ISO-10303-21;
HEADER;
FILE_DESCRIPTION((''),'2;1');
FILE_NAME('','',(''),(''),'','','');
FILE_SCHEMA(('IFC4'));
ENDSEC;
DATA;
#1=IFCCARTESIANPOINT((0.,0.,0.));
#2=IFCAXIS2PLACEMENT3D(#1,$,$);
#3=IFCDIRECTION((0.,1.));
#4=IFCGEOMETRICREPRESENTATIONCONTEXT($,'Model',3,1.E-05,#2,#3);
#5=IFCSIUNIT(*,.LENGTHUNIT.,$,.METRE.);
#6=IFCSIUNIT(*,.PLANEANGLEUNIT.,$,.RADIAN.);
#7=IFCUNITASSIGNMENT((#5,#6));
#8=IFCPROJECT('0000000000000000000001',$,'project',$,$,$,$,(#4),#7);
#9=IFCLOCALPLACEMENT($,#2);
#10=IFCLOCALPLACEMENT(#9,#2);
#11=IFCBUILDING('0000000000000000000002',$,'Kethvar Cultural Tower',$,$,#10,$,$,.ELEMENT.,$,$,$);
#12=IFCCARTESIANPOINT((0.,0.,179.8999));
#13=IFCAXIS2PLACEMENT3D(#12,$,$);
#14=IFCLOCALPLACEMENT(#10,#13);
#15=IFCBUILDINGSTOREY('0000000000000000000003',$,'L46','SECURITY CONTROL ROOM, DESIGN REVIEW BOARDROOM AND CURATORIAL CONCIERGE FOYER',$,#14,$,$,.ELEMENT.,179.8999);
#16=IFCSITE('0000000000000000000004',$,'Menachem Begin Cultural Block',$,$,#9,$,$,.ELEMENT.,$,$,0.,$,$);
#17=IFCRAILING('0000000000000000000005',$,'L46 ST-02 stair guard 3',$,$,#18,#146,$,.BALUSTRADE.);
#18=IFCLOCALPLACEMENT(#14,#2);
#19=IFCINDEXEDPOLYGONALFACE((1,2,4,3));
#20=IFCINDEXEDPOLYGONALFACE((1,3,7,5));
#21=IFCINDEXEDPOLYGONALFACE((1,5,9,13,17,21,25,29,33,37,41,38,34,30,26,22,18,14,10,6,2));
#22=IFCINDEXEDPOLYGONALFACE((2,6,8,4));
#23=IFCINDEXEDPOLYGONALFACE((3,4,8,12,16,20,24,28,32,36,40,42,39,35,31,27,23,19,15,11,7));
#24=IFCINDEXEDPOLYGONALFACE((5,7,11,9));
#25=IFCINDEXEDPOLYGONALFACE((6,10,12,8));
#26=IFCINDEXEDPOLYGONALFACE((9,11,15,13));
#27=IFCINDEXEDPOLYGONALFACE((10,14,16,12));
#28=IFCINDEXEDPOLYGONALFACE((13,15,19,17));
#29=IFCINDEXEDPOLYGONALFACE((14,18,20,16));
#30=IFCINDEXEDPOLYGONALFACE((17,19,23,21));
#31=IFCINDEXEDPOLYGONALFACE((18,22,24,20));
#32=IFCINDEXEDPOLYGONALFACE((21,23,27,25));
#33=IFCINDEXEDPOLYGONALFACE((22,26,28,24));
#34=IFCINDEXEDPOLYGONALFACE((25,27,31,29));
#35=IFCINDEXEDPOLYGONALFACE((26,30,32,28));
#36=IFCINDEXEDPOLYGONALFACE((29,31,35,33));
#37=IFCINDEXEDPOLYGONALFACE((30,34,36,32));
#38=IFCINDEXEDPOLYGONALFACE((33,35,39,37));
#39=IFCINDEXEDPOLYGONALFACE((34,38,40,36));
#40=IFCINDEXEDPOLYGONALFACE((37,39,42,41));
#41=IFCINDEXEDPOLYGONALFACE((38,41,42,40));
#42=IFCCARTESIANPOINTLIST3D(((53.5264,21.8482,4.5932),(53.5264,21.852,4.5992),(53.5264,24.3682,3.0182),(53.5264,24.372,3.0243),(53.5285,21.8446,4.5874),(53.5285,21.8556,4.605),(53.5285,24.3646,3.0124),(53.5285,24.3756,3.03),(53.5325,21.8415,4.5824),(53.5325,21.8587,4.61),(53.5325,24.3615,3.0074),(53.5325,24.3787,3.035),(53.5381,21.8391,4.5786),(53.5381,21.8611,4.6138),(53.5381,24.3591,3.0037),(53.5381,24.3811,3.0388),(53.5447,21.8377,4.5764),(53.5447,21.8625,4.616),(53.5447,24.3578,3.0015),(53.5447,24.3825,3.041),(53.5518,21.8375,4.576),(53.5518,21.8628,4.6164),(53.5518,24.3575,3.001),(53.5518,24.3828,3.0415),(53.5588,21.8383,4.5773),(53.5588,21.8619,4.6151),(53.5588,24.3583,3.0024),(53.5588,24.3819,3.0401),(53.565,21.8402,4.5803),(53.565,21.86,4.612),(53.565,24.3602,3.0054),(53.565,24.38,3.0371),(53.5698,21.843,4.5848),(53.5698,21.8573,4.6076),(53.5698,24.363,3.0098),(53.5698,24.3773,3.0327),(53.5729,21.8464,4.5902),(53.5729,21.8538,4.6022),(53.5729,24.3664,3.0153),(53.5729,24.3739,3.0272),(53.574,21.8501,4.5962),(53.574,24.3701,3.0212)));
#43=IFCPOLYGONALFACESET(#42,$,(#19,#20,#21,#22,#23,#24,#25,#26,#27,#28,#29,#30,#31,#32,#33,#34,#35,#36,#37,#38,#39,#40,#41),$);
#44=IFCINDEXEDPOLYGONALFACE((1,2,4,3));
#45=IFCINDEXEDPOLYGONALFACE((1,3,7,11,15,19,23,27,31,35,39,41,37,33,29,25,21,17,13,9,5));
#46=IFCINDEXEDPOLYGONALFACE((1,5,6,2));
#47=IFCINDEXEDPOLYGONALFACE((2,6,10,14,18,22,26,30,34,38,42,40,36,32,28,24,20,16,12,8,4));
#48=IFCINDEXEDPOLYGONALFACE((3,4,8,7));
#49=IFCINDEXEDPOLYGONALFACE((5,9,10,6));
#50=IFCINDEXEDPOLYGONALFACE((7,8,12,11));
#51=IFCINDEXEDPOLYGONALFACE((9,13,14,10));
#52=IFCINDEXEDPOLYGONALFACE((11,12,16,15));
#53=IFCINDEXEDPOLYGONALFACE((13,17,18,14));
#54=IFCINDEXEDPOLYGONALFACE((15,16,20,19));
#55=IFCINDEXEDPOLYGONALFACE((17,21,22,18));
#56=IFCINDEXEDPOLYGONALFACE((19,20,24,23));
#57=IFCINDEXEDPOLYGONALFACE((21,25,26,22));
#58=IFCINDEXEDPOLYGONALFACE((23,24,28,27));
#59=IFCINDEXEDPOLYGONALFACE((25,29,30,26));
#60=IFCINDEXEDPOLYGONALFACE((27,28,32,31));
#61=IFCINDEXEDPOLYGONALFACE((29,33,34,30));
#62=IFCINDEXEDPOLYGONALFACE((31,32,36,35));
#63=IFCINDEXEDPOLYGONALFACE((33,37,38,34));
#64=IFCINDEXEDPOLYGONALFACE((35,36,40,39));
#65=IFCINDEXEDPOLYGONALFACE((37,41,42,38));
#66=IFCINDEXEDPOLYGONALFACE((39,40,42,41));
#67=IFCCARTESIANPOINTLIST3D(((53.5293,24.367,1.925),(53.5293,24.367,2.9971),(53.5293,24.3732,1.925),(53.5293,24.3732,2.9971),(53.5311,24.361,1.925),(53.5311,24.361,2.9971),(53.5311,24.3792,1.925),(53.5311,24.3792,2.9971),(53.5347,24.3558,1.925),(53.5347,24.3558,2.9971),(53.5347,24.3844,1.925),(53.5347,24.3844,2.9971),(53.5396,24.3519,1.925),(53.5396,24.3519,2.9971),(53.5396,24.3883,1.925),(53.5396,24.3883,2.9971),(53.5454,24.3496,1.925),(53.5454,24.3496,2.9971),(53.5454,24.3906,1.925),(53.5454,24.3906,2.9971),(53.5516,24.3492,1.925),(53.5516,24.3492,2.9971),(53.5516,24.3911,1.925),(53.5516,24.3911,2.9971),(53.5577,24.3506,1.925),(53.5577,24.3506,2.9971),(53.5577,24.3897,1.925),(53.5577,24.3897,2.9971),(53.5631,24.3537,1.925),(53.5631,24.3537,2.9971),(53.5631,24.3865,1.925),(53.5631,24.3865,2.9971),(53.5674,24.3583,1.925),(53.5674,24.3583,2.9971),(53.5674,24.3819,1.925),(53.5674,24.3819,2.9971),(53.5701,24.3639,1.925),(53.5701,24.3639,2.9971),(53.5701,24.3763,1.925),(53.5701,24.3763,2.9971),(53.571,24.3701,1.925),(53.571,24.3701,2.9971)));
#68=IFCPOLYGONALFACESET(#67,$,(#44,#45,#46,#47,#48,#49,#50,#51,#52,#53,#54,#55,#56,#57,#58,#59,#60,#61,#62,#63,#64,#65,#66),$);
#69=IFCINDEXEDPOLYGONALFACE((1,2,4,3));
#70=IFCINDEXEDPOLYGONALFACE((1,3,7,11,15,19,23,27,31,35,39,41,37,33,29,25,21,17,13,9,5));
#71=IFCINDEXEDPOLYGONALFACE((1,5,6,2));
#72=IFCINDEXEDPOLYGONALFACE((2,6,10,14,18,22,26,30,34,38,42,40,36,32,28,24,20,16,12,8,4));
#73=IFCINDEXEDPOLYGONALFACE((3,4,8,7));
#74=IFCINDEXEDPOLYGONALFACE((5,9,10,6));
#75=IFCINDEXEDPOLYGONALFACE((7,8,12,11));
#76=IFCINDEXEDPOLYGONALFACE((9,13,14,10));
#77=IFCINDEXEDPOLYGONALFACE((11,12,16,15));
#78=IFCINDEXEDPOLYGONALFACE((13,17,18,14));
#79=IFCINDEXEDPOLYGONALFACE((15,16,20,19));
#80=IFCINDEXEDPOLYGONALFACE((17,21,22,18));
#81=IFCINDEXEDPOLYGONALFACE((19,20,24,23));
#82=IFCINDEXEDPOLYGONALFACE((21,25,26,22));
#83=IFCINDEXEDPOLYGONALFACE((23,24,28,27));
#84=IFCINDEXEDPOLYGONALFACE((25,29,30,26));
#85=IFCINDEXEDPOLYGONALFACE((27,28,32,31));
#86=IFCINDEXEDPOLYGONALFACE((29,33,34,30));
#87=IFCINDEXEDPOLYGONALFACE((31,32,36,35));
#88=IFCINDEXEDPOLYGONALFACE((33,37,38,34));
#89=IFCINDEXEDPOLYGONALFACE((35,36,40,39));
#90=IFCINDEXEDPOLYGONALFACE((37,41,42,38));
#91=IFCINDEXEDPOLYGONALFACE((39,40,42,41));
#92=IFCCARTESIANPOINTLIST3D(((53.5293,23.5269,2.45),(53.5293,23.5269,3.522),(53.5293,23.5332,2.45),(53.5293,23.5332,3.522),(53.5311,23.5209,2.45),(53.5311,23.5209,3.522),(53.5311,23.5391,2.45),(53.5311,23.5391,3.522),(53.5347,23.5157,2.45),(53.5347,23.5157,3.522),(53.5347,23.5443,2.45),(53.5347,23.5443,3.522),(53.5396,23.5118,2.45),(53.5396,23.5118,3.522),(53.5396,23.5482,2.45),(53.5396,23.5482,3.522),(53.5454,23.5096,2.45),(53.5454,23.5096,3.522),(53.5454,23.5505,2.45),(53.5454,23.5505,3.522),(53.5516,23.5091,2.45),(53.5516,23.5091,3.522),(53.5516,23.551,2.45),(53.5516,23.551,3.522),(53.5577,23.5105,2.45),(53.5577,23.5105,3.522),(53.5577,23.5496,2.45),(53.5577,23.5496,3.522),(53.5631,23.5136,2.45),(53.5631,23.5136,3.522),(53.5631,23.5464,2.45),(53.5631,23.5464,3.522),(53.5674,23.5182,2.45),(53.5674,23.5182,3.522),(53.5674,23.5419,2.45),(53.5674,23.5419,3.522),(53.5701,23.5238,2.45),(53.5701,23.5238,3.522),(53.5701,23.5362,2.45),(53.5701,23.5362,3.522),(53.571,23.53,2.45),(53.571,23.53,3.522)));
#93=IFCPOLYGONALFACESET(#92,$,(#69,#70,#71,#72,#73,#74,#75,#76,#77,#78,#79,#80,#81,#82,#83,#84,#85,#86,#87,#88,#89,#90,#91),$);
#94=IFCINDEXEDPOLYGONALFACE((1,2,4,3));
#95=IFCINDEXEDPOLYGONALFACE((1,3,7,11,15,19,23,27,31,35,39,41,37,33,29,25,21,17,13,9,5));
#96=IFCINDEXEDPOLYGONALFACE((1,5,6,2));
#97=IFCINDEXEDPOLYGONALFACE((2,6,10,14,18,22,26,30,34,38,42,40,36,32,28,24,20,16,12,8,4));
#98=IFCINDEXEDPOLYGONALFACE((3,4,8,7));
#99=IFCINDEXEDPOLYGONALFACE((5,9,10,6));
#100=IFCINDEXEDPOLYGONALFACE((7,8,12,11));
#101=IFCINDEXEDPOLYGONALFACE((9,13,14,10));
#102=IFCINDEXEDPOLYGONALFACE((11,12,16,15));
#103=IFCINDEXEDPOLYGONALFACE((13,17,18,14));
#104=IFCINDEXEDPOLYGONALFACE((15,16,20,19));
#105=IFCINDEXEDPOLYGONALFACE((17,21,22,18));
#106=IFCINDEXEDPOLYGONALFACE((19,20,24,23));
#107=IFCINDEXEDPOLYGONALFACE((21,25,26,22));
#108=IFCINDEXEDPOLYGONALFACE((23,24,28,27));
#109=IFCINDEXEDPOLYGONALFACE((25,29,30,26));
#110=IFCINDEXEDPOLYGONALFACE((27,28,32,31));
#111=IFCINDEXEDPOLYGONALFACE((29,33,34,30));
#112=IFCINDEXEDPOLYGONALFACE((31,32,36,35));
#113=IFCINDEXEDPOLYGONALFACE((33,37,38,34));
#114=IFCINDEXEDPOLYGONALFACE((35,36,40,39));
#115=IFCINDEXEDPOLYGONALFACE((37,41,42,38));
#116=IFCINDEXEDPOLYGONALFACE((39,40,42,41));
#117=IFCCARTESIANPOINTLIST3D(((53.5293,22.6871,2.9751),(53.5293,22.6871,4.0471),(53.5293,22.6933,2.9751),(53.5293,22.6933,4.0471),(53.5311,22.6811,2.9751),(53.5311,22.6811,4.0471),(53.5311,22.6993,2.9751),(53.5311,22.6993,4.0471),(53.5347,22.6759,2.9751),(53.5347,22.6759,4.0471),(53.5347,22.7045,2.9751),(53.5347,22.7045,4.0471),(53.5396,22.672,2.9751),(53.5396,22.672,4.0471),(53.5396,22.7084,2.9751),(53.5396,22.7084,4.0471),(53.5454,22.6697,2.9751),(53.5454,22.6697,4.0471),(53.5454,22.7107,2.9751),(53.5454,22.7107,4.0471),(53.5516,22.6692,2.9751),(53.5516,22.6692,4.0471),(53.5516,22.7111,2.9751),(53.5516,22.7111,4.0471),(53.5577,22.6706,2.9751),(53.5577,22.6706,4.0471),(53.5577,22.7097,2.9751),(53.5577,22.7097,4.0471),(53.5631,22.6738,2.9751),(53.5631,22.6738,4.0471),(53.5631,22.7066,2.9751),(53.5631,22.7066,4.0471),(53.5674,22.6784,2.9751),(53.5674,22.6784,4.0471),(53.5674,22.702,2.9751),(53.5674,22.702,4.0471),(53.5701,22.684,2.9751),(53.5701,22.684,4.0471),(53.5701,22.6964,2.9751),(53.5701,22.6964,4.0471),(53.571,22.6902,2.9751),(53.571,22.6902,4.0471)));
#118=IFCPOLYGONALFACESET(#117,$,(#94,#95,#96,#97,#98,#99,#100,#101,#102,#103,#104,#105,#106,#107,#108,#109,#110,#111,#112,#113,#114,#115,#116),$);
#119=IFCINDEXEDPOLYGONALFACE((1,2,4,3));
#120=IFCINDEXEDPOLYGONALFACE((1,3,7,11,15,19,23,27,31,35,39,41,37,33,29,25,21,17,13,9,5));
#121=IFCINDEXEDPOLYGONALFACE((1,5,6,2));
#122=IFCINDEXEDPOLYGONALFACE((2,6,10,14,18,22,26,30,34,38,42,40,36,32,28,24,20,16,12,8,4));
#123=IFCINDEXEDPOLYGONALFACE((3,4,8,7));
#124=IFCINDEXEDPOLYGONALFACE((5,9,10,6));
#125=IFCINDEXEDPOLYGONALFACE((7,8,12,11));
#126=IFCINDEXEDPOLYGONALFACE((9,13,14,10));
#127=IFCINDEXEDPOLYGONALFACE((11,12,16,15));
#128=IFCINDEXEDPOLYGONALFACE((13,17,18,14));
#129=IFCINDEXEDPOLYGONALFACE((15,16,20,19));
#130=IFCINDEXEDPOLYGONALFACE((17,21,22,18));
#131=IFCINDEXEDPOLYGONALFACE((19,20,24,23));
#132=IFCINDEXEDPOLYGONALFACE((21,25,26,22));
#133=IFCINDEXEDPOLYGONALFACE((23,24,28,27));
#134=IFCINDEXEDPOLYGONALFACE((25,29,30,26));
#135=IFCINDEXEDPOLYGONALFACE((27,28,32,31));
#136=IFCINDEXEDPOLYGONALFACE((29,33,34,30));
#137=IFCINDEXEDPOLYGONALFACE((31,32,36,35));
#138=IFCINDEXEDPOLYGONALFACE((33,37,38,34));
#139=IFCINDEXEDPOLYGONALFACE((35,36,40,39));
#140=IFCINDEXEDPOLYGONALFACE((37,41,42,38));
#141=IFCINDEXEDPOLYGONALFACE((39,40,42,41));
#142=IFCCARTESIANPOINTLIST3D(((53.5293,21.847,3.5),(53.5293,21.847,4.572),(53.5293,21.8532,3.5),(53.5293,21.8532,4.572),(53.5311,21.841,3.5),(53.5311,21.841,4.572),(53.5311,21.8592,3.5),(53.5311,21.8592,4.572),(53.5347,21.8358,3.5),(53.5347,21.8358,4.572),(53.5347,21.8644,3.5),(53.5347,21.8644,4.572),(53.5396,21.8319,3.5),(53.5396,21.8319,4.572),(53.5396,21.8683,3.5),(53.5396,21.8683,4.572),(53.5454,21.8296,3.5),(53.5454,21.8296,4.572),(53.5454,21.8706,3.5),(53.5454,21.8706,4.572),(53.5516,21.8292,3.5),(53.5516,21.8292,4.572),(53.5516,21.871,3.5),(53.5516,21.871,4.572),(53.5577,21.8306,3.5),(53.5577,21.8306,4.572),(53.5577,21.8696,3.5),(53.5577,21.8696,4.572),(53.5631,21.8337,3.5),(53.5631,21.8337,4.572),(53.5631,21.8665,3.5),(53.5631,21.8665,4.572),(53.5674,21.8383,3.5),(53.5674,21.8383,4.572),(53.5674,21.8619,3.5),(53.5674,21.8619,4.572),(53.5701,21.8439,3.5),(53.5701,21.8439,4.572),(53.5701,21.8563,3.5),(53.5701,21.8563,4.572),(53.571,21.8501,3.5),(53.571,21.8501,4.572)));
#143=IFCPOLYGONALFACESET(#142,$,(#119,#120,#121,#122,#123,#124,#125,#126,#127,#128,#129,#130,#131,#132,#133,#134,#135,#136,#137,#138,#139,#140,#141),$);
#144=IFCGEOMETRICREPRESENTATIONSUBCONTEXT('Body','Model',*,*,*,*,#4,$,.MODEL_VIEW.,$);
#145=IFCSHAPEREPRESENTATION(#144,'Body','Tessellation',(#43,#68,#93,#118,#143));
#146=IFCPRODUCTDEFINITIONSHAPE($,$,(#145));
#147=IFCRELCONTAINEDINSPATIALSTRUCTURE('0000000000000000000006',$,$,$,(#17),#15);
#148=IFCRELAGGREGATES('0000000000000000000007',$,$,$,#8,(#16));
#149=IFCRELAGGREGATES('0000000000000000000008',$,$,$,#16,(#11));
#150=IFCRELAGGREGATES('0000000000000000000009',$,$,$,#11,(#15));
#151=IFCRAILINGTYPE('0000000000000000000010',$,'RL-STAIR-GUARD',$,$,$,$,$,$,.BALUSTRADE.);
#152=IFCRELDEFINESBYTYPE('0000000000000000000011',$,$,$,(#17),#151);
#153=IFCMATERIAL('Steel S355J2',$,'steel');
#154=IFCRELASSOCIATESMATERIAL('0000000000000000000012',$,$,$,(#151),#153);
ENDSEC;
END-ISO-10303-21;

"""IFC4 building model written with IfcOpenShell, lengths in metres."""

from ifc_helpers import new_model, si_unit, direction, frame, origin, origin_2d, place, context, subcontext, project, spatial, circle, extrude, material, type_object, element, save


model = new_model("IFC4")

# Units and contexts
model_context = context("Model", 3, precision=1e-05, world=origin(), true_north=direction((0.0, 1.0)))
body_context = subcontext(model_context, "Body", "Model", "MODEL_VIEW")
ifc_project = project(units=[si_unit("LENGTHUNIT", "METRE"), si_unit("PLANEANGLEUNIT", "RADIAN")], contexts=[model_context])

# Site, building, storey
site_placement = place(None, origin())
site = spatial("IfcSite", under=ifc_project, at=site_placement, Name="Menachem Begin Cultural Block", CompositionType="ELEMENT", RefElevation=0.0)
building_placement = place(site_placement, origin())
building = spatial("IfcBuilding", under=site, at=building_placement, Name="Kethvar Cultural Tower", CompositionType="ELEMENT")
storey_placement = place(building_placement, frame((0.0, 0.0, 179.8999)))
storey = spatial("IfcBuildingStorey", under=building, at=storey_placement, Name="L46", Description="SECURITY CONTROL ROOM, DESIGN REVIEW BOARDROOM AND CURATORIAL CONCIERGE FOYER", CompositionType="ELEMENT", Elevation=179.8999)

# Shared definitions
ifc_material_1 = material(Name="Steel S355J2", Category="steel")

# Railing
railing_type_1 = type_object("IfcRailingType", Name="RL-STAIR-GUARD", PredefinedType="BALUSTRADE", material=ifc_material_1)
railing_1_placement = place(storey_placement, frame((53.55, 24.3701, 1.925)))
element("IfcRailing", 1, at=railing_1_placement, inside=storey, type_object=railing_type_1, Name="L46 ST-02 stair guard 3", PredefinedType="BALUSTRADE", context=body_context, shape_type="SweptSolid", body=[
    extrude(circle(Radius=0.0239, at=origin_2d()), frame((0.0, 0.0, 1.0962), z_axis=(0.0, -0.848008, 0.529984), x_axis=(1.0, 0.0, 0.0)), (0.0, 0.0, 1.0), 2.9717),
    extrude(circle(Radius=0.021, at=origin_2d()), origin(), (0.0, 0.0, 1.0), 1.072),
    extrude(circle(Radius=0.021, at=origin_2d()), frame((0.0, -0.8401, 0.5249)), (0.0, 0.0, 1.0), 1.072),
    extrude(circle(Radius=0.021, at=origin_2d()), frame((0.0, -1.6799, 1.05)), (0.0, 0.0, 1.0), 1.072),
    extrude(circle(Radius=0.021, at=origin_2d()), frame((0.0, -2.52, 1.575)), (0.0, 0.0, 1.0), 1.072),
])

save(model, "model.ifc")
